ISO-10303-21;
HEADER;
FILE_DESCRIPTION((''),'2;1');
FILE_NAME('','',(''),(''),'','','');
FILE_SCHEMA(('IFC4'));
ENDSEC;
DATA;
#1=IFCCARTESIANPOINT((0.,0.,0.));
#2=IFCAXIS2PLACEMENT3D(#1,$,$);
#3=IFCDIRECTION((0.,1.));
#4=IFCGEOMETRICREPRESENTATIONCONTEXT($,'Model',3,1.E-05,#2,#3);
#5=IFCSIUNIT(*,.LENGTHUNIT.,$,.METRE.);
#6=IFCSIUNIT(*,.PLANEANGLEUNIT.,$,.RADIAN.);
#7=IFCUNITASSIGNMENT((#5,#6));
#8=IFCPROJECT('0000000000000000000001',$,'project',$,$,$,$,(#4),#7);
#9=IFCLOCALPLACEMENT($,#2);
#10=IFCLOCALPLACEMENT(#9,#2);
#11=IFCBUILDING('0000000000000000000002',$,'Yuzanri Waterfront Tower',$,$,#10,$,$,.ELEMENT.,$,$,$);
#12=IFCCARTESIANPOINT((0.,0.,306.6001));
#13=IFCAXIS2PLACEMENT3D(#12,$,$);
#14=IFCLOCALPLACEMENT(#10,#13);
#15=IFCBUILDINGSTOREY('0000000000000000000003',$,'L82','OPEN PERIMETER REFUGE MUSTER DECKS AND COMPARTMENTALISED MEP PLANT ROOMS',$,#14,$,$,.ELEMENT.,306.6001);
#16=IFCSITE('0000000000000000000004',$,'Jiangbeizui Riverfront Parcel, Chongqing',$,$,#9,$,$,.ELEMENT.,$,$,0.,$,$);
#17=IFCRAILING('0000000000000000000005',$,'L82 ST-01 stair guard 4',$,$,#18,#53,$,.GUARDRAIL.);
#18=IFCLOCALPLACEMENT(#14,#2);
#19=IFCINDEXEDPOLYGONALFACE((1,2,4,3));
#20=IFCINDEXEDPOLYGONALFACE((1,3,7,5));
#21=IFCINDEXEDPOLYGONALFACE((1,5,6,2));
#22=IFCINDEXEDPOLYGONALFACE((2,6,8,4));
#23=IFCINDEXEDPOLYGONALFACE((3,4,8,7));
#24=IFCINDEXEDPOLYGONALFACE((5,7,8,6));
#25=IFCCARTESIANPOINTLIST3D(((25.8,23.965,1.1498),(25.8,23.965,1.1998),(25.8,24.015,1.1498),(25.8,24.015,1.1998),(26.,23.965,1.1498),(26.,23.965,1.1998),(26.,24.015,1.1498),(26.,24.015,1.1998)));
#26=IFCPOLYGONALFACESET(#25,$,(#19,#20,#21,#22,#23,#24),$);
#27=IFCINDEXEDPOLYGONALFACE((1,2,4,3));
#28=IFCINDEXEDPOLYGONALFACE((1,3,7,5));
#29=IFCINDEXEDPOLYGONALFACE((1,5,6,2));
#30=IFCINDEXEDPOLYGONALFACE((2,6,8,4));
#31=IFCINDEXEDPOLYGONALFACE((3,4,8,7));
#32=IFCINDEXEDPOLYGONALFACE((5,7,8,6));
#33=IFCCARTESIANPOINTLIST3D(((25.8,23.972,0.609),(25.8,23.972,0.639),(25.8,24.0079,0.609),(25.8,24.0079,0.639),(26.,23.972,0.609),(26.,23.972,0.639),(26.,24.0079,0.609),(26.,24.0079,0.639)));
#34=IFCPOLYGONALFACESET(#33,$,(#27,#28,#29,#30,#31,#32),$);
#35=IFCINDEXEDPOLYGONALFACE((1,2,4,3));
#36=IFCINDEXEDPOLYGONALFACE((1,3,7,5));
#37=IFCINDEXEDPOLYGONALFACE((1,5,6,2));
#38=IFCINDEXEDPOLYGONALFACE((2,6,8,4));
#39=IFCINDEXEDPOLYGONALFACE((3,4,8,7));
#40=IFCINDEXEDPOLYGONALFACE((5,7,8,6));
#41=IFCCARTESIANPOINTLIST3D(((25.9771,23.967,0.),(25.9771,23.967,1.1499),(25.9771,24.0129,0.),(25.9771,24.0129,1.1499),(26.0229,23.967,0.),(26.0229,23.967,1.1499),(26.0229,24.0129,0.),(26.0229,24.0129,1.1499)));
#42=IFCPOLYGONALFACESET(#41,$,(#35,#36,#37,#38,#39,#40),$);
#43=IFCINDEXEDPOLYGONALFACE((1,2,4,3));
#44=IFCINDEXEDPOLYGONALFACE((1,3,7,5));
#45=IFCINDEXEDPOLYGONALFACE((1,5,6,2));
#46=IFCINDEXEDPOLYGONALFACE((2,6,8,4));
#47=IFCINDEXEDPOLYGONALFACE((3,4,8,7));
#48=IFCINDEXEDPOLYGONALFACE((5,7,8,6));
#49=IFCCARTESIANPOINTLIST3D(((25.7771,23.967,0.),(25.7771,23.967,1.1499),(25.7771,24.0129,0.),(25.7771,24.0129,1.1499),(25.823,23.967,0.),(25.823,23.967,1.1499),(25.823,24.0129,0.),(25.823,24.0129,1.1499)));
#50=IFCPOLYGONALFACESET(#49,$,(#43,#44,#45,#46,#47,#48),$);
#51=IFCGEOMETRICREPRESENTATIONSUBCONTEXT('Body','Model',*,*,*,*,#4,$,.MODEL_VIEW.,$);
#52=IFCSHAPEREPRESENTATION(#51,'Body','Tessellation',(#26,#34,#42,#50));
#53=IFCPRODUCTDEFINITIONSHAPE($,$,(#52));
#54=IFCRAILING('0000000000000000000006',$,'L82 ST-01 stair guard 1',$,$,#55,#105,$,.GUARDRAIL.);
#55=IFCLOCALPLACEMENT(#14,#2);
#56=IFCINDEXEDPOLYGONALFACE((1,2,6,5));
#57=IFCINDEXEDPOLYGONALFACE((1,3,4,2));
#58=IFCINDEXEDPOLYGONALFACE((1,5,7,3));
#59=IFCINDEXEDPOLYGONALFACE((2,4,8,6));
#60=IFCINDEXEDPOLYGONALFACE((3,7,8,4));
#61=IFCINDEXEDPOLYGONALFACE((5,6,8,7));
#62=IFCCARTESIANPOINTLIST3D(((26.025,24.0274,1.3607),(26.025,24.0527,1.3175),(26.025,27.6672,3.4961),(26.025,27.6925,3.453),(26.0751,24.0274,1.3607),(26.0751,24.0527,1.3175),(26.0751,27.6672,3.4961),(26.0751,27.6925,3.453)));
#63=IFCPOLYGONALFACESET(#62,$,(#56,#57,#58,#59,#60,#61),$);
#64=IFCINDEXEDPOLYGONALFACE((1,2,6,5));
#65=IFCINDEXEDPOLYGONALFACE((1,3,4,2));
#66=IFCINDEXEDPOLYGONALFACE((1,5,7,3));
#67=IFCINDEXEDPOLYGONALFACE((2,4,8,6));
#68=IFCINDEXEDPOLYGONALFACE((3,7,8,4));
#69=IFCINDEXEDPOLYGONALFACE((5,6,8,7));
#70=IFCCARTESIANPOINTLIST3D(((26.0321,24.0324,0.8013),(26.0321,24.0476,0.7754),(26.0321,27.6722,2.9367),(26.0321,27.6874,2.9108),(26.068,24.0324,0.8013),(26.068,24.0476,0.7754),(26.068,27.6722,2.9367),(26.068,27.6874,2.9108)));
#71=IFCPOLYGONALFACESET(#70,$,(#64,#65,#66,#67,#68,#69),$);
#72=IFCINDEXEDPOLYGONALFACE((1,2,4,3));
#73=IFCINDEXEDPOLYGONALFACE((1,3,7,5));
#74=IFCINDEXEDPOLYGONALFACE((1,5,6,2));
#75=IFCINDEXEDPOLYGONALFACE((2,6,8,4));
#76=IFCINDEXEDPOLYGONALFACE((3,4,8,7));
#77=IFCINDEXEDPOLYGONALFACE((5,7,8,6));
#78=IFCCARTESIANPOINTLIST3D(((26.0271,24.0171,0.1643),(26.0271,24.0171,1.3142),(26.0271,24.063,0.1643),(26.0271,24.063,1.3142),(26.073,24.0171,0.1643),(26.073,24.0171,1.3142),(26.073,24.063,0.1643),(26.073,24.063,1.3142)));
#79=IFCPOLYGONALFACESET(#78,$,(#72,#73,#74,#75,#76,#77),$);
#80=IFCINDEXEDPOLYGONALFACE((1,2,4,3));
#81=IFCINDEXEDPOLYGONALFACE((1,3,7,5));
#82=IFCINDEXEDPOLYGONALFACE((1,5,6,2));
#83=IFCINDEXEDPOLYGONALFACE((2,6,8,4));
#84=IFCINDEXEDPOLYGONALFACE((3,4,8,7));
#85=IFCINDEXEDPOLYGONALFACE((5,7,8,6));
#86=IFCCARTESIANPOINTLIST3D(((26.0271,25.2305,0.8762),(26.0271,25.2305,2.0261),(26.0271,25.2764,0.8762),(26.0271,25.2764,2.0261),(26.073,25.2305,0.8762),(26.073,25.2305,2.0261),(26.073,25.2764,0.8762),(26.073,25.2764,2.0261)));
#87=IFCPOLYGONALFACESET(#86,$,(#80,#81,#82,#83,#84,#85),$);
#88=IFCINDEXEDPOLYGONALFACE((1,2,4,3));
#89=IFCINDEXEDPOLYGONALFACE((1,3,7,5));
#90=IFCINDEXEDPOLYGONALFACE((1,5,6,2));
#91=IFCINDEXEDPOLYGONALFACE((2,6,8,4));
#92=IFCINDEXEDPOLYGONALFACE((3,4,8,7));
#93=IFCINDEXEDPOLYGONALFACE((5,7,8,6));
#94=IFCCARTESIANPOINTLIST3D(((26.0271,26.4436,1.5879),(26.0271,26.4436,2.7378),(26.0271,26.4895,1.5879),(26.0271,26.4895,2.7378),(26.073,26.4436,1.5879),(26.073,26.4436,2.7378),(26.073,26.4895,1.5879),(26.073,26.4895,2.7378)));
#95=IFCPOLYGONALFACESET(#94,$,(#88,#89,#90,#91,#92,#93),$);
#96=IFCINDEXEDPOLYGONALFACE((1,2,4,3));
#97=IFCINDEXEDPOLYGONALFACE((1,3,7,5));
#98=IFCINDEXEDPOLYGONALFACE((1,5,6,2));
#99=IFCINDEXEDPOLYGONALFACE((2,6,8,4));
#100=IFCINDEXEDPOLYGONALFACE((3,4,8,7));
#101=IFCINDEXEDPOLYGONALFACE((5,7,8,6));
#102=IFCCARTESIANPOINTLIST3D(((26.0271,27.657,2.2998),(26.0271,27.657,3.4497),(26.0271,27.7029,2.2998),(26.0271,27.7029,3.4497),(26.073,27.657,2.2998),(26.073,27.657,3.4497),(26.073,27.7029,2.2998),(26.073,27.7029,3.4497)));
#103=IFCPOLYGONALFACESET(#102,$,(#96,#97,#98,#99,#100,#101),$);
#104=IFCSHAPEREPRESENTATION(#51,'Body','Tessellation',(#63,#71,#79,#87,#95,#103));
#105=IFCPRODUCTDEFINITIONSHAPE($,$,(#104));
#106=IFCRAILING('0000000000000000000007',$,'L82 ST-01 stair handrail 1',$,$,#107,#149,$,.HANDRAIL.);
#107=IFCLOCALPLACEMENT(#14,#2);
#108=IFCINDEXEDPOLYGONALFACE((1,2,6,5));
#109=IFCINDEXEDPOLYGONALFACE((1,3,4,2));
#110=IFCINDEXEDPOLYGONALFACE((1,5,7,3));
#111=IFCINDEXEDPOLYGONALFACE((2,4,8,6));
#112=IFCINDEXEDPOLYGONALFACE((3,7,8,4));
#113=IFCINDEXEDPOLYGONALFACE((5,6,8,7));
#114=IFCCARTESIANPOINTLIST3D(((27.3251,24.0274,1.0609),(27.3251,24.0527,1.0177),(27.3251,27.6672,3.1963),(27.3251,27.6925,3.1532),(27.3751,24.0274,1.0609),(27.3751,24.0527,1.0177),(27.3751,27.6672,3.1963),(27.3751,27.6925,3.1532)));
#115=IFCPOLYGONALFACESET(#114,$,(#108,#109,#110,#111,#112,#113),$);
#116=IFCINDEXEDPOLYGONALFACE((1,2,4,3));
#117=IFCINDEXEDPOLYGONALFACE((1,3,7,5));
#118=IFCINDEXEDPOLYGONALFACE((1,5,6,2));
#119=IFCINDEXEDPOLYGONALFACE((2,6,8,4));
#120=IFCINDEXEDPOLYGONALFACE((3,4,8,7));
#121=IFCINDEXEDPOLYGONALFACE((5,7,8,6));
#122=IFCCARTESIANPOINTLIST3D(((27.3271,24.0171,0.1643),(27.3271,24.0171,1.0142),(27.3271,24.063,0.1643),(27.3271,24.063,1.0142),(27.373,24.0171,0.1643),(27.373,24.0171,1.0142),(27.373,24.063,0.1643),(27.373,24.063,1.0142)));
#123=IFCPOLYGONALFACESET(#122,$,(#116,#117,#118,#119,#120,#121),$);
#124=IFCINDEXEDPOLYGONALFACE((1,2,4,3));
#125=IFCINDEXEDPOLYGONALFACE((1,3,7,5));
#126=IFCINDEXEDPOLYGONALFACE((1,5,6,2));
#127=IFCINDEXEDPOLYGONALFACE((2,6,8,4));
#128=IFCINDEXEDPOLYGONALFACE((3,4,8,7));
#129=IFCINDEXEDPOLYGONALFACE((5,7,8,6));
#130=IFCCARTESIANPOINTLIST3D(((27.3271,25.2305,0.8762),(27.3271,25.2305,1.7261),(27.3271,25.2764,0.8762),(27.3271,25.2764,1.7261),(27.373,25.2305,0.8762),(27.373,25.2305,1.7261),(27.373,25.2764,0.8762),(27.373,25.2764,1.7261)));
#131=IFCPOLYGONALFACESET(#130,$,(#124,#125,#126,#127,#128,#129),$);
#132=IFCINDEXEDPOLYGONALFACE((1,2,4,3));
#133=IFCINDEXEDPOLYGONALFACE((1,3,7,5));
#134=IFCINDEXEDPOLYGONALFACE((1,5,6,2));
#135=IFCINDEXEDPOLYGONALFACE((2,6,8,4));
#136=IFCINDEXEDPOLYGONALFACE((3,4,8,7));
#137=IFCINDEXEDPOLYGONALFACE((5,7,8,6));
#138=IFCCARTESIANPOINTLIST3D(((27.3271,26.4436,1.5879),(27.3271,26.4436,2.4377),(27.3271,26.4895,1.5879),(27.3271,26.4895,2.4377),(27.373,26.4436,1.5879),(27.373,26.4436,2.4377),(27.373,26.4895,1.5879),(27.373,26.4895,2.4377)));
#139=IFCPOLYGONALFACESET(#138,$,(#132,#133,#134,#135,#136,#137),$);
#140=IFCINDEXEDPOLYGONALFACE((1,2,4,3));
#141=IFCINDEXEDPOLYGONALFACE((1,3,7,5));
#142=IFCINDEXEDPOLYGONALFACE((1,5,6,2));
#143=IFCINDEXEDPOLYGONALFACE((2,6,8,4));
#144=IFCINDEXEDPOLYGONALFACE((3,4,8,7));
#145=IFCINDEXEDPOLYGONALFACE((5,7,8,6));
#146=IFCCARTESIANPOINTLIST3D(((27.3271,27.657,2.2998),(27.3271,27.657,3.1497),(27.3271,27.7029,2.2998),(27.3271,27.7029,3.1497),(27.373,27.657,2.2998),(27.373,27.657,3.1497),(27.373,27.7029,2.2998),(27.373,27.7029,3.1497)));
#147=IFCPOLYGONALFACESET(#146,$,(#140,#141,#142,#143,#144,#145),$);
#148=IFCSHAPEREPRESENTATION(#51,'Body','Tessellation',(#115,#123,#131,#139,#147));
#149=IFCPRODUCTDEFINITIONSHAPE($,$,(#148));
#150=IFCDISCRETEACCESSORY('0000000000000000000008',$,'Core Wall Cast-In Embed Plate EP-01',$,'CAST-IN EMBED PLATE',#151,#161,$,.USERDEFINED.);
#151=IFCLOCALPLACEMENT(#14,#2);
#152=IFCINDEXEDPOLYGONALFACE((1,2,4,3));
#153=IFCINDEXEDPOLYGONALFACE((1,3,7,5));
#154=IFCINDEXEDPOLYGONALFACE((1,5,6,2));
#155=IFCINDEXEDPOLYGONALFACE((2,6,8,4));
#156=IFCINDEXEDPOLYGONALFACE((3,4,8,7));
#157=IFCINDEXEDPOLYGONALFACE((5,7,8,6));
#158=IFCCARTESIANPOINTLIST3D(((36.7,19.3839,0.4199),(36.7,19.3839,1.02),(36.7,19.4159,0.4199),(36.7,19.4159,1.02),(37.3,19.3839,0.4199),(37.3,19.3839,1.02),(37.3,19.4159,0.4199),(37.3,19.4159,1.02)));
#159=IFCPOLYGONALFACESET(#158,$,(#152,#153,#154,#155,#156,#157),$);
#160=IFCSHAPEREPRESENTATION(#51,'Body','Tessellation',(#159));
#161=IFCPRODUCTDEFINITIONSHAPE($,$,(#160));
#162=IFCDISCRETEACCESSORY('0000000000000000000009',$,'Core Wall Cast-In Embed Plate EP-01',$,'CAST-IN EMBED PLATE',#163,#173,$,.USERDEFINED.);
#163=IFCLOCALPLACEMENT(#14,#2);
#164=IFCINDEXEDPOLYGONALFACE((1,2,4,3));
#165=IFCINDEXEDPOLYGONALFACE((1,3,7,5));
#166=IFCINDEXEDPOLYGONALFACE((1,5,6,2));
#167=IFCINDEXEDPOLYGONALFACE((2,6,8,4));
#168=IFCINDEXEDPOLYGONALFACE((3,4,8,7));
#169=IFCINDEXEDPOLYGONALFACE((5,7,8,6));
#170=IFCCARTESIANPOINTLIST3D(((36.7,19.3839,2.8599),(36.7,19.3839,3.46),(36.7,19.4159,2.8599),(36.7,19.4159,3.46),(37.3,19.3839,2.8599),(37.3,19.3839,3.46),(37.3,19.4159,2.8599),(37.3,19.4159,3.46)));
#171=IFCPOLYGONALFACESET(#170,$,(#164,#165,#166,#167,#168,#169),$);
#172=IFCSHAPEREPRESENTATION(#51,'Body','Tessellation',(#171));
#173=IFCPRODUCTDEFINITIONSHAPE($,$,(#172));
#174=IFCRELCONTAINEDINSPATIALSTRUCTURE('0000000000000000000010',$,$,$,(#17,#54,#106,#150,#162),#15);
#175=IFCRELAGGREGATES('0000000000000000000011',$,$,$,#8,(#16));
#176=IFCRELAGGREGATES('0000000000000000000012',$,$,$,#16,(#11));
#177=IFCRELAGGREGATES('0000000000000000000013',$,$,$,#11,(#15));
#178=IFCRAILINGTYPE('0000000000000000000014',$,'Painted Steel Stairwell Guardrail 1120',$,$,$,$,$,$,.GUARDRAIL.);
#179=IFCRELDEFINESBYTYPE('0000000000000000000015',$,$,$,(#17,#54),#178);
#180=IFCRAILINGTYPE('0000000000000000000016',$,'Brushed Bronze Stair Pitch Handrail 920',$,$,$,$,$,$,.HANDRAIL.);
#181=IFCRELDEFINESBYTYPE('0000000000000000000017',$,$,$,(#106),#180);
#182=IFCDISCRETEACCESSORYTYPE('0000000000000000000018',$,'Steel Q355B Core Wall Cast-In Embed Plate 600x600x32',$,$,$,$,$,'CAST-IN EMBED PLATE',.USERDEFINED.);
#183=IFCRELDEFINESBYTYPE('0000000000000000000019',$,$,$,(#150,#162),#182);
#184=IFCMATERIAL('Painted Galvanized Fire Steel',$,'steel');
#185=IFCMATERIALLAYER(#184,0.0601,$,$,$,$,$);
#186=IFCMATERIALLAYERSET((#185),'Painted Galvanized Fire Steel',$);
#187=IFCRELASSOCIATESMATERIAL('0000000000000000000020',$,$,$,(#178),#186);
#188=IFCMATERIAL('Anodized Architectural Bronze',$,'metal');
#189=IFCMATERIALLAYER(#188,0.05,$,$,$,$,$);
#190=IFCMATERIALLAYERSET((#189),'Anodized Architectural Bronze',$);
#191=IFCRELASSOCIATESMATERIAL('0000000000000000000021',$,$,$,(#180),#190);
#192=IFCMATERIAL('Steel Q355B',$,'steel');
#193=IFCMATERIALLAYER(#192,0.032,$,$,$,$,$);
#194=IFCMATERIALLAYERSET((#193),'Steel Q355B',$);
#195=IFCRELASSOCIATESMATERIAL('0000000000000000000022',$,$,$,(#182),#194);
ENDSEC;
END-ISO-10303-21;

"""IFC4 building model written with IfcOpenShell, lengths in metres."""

from ifc_helpers import new_model, si_unit, direction, frame, origin, origin_2d, place, context, subcontext, project, spatial, rectangle, extrude, source, transform, mapped, material, layer, layer_set, type_object, element, save


model = new_model("IFC4")

# Units and contexts
model_context = context("Model", 3, precision=1e-05, world=origin(), true_north=direction((0.0, 1.0)))
body_context = subcontext(model_context, "Body", "Model", "MODEL_VIEW")
ifc_project = project(units=[si_unit("LENGTHUNIT", "METRE"), si_unit("PLANEANGLEUNIT", "RADIAN")], contexts=[model_context])

# Site, building, storey
site_placement = place(None, origin())
site = spatial("IfcSite", under=ifc_project, at=site_placement, Name="Jiangbeizui Riverfront Parcel, Chongqing", CompositionType="ELEMENT", RefElevation=0.0)
building_placement = place(site_placement, origin())
building = spatial("IfcBuilding", under=site, at=building_placement, Name="Yuzanri Waterfront Tower", CompositionType="ELEMENT")
storey_placement = place(building_placement, frame((0.0, 0.0, 306.6001)))
storey = spatial("IfcBuildingStorey", under=building, at=storey_placement, Name="L82", Description="OPEN PERIMETER REFUGE MUSTER DECKS AND COMPARTMENTALISED MEP PLANT ROOMS", CompositionType="ELEMENT", Elevation=306.6001)

# Railings
ifc_material_1 = material(Name="Painted Galvanized Fire Steel", Category="steel")
ifc_layer_1 = layer(ifc_material_1, 0.0601)
ifc_layer_set_1 = layer_set([ifc_layer_1], Name="Painted Galvanized Fire Steel")
railing_type_1 = type_object("IfcRailingType", Name="Painted Steel Stairwell Guardrail 1120", PredefinedType="GUARDRAIL", material=ifc_layer_set_1)
shared_shape_1 = source(origin(), body_context, "Body", "SweptSolid", [
    extrude(rectangle(XDim=0.05, YDim=0.05, at=origin_2d()), frame((0.0, 0.0, 1.1748), z_axis=(-1.0, 0.0, 0.0), x_axis=(0.0, -1.0, 0.0)), (0.0, 0.0, 1.0), 0.2),
    extrude(rectangle(XDim=0.0359, YDim=0.03, at=origin_2d()), frame((0.0, 0.0, 0.624), z_axis=(-1.0, 0.0, 0.0), x_axis=(0.0, -1.0, 0.0)), (0.0, 0.0, 1.0), 0.2),
    extrude(rectangle(XDim=0.0459, YDim=0.0459, at=origin_2d()), origin(), (0.0, 0.0, 1.0), 1.1499),
    extrude(rectangle(XDim=0.0459, YDim=0.0459, at=origin_2d()), frame((-0.2, 0.0, 0.0)), (0.0, 0.0, 1.0), 1.1499),
])
railing_1_placement = place(storey_placement, frame((26.0, 23.99, 0.0)))
element("IfcRailing", 1, at=railing_1_placement, inside=storey, type_object=railing_type_1, Name="L82 ST-01 stair guard 4", PredefinedType="GUARDRAIL", context=body_context, shape_type="MappedRepresentation", body=[
    mapped(shared_shape_1, transform((0.0, 0.0, 0.0), scale=1.0)),
])
shared_shape_2 = source(origin(), body_context, "Body", "SweptSolid", [
    extrude(rectangle(XDim=0.05, YDim=0.05, at=origin_2d()), frame((0.0, 0.0, 1.1748), z_axis=(0.0, 0.862515, 0.506031), x_axis=(-1.0, 0.0, 0.0)), (0.0, 0.0, 1.0), 4.22),
    extrude(rectangle(XDim=0.0359, YDim=0.03, at=origin_2d()), frame((0.0, 0.0, 0.624), z_axis=(0.0, 0.862515, 0.506031), x_axis=(-1.0, 0.0, 0.0)), (0.0, 0.0, 1.0), 4.22),
    extrude(rectangle(XDim=0.0459, YDim=0.0459, at=origin_2d()), origin(), (0.0, 0.0, 1.0), 1.1499),
    extrude(rectangle(XDim=0.0459, YDim=0.0459, at=origin_2d()), frame((0.0, 1.2134, 0.7119)), (0.0, 0.0, 1.0), 1.1499),
    extrude(rectangle(XDim=0.0459, YDim=0.0459, at=origin_2d()), frame((0.0, 2.4265, 1.4236)), (0.0, 0.0, 1.0), 1.1499),
    extrude(rectangle(XDim=0.0459, YDim=0.0459, at=origin_2d()), frame((0.0, 3.6399, 2.1355)), (0.0, 0.0, 1.0), 1.1499),
])
railing_2_placement = place(storey_placement, frame((26.05, 24.04, 0.1643)))
element("IfcRailing", 2, at=railing_2_placement, inside=storey, type_object=railing_type_1, Name="L82 ST-01 stair guard 1", PredefinedType="GUARDRAIL", context=body_context, shape_type="MappedRepresentation", body=[
    mapped(shared_shape_2, transform((0.0, 0.0, 0.0), scale=1.0)),
])
ifc_material_2 = material(Name="Anodized Architectural Bronze", Category="metal")
ifc_layer_2 = layer(ifc_material_2, 0.05)
ifc_layer_set_2 = layer_set([ifc_layer_2], Name="Anodized Architectural Bronze")
railing_type_2 = type_object("IfcRailingType", Name="Brushed Bronze Stair Pitch Handrail 920", PredefinedType="HANDRAIL", material=ifc_layer_set_2)
shared_shape_3 = source(origin(), body_context, "Body", "SweptSolid", [
    extrude(rectangle(XDim=0.05, YDim=0.05, at=origin_2d()), frame((0.0, 0.0, 0.875), z_axis=(0.0, 0.862515, 0.506031), x_axis=(-1.0, 0.0, 0.0)), (0.0, 0.0, 1.0), 4.22),
    extrude(rectangle(XDim=0.0459, YDim=0.0459, at=origin_2d()), origin(), (0.0, 0.0, 1.0), 0.8499),
    extrude(rectangle(XDim=0.0459, YDim=0.0459, at=origin_2d()), frame((0.0, 1.2134, 0.7119)), (0.0, 0.0, 1.0), 0.8499),
    extrude(rectangle(XDim=0.0459, YDim=0.0459, at=origin_2d()), frame((0.0, 2.4265, 1.4236)), (0.0, 0.0, 1.0), 0.8499),
    extrude(rectangle(XDim=0.0459, YDim=0.0459, at=origin_2d()), frame((0.0, 3.6399, 2.1355)), (0.0, 0.0, 1.0), 0.8499),
])
railing_3_placement = place(storey_placement, frame((27.3501, 24.04, 0.1643)))
element("IfcRailing", 3, at=railing_3_placement, inside=storey, type_object=railing_type_2, Name="L82 ST-01 stair handrail 1", PredefinedType="HANDRAIL", context=body_context, shape_type="MappedRepresentation", body=[
    mapped(shared_shape_3, transform((0.0, 0.0, 0.0), scale=1.0)),
])

# Discrete accessories
ifc_material_3 = material(Name="Steel Q355B", Category="steel")
ifc_layer_3 = layer(ifc_material_3, 0.032)
ifc_layer_set_3 = layer_set([ifc_layer_3], Name="Steel Q355B")
discrete_accessory_type = type_object("IfcDiscreteAccessoryType", Name="Steel Q355B Core Wall Cast-In Embed Plate 600x600x32", ElementType="CAST-IN EMBED PLATE", PredefinedType="USERDEFINED", material=ifc_layer_set_3)
shared_shape_4 = source(origin(), body_context, "Body", "SweptSolid", [
    extrude(rectangle(XDim=0.6001, YDim=0.032, at=origin_2d()), origin(), (0.0, 0.0, 1.0), 0.6001),
])
for number, where, z_axis, x_axis, name in (
    (4, (37.0, 19.3999, 0.4199), (0.0, 0.0, 1.0), (1.0, 0.0, 0.0), "Core Wall Cast-In Embed Plate EP-01"),
    (5, (37.0, 19.3999, 2.8599), (0.0, 0.0, 1.0), (1.0, 0.0, 0.0), "Core Wall Cast-In Embed Plate EP-01"),
):
    element("IfcDiscreteAccessory", number, at=place(storey_placement, frame(where, z_axis=z_axis, x_axis=x_axis)), inside=storey, type_object=discrete_accessory_type, Name=name, ObjectType="CAST-IN EMBED PLATE", PredefinedType="USERDEFINED", context=body_context, shape_type="MappedRepresentation", body=[
        mapped(shared_shape_4, transform((0.0, 0.0, 0.0), scale=1.0)),
    ])

save(model, "model.ifc")
